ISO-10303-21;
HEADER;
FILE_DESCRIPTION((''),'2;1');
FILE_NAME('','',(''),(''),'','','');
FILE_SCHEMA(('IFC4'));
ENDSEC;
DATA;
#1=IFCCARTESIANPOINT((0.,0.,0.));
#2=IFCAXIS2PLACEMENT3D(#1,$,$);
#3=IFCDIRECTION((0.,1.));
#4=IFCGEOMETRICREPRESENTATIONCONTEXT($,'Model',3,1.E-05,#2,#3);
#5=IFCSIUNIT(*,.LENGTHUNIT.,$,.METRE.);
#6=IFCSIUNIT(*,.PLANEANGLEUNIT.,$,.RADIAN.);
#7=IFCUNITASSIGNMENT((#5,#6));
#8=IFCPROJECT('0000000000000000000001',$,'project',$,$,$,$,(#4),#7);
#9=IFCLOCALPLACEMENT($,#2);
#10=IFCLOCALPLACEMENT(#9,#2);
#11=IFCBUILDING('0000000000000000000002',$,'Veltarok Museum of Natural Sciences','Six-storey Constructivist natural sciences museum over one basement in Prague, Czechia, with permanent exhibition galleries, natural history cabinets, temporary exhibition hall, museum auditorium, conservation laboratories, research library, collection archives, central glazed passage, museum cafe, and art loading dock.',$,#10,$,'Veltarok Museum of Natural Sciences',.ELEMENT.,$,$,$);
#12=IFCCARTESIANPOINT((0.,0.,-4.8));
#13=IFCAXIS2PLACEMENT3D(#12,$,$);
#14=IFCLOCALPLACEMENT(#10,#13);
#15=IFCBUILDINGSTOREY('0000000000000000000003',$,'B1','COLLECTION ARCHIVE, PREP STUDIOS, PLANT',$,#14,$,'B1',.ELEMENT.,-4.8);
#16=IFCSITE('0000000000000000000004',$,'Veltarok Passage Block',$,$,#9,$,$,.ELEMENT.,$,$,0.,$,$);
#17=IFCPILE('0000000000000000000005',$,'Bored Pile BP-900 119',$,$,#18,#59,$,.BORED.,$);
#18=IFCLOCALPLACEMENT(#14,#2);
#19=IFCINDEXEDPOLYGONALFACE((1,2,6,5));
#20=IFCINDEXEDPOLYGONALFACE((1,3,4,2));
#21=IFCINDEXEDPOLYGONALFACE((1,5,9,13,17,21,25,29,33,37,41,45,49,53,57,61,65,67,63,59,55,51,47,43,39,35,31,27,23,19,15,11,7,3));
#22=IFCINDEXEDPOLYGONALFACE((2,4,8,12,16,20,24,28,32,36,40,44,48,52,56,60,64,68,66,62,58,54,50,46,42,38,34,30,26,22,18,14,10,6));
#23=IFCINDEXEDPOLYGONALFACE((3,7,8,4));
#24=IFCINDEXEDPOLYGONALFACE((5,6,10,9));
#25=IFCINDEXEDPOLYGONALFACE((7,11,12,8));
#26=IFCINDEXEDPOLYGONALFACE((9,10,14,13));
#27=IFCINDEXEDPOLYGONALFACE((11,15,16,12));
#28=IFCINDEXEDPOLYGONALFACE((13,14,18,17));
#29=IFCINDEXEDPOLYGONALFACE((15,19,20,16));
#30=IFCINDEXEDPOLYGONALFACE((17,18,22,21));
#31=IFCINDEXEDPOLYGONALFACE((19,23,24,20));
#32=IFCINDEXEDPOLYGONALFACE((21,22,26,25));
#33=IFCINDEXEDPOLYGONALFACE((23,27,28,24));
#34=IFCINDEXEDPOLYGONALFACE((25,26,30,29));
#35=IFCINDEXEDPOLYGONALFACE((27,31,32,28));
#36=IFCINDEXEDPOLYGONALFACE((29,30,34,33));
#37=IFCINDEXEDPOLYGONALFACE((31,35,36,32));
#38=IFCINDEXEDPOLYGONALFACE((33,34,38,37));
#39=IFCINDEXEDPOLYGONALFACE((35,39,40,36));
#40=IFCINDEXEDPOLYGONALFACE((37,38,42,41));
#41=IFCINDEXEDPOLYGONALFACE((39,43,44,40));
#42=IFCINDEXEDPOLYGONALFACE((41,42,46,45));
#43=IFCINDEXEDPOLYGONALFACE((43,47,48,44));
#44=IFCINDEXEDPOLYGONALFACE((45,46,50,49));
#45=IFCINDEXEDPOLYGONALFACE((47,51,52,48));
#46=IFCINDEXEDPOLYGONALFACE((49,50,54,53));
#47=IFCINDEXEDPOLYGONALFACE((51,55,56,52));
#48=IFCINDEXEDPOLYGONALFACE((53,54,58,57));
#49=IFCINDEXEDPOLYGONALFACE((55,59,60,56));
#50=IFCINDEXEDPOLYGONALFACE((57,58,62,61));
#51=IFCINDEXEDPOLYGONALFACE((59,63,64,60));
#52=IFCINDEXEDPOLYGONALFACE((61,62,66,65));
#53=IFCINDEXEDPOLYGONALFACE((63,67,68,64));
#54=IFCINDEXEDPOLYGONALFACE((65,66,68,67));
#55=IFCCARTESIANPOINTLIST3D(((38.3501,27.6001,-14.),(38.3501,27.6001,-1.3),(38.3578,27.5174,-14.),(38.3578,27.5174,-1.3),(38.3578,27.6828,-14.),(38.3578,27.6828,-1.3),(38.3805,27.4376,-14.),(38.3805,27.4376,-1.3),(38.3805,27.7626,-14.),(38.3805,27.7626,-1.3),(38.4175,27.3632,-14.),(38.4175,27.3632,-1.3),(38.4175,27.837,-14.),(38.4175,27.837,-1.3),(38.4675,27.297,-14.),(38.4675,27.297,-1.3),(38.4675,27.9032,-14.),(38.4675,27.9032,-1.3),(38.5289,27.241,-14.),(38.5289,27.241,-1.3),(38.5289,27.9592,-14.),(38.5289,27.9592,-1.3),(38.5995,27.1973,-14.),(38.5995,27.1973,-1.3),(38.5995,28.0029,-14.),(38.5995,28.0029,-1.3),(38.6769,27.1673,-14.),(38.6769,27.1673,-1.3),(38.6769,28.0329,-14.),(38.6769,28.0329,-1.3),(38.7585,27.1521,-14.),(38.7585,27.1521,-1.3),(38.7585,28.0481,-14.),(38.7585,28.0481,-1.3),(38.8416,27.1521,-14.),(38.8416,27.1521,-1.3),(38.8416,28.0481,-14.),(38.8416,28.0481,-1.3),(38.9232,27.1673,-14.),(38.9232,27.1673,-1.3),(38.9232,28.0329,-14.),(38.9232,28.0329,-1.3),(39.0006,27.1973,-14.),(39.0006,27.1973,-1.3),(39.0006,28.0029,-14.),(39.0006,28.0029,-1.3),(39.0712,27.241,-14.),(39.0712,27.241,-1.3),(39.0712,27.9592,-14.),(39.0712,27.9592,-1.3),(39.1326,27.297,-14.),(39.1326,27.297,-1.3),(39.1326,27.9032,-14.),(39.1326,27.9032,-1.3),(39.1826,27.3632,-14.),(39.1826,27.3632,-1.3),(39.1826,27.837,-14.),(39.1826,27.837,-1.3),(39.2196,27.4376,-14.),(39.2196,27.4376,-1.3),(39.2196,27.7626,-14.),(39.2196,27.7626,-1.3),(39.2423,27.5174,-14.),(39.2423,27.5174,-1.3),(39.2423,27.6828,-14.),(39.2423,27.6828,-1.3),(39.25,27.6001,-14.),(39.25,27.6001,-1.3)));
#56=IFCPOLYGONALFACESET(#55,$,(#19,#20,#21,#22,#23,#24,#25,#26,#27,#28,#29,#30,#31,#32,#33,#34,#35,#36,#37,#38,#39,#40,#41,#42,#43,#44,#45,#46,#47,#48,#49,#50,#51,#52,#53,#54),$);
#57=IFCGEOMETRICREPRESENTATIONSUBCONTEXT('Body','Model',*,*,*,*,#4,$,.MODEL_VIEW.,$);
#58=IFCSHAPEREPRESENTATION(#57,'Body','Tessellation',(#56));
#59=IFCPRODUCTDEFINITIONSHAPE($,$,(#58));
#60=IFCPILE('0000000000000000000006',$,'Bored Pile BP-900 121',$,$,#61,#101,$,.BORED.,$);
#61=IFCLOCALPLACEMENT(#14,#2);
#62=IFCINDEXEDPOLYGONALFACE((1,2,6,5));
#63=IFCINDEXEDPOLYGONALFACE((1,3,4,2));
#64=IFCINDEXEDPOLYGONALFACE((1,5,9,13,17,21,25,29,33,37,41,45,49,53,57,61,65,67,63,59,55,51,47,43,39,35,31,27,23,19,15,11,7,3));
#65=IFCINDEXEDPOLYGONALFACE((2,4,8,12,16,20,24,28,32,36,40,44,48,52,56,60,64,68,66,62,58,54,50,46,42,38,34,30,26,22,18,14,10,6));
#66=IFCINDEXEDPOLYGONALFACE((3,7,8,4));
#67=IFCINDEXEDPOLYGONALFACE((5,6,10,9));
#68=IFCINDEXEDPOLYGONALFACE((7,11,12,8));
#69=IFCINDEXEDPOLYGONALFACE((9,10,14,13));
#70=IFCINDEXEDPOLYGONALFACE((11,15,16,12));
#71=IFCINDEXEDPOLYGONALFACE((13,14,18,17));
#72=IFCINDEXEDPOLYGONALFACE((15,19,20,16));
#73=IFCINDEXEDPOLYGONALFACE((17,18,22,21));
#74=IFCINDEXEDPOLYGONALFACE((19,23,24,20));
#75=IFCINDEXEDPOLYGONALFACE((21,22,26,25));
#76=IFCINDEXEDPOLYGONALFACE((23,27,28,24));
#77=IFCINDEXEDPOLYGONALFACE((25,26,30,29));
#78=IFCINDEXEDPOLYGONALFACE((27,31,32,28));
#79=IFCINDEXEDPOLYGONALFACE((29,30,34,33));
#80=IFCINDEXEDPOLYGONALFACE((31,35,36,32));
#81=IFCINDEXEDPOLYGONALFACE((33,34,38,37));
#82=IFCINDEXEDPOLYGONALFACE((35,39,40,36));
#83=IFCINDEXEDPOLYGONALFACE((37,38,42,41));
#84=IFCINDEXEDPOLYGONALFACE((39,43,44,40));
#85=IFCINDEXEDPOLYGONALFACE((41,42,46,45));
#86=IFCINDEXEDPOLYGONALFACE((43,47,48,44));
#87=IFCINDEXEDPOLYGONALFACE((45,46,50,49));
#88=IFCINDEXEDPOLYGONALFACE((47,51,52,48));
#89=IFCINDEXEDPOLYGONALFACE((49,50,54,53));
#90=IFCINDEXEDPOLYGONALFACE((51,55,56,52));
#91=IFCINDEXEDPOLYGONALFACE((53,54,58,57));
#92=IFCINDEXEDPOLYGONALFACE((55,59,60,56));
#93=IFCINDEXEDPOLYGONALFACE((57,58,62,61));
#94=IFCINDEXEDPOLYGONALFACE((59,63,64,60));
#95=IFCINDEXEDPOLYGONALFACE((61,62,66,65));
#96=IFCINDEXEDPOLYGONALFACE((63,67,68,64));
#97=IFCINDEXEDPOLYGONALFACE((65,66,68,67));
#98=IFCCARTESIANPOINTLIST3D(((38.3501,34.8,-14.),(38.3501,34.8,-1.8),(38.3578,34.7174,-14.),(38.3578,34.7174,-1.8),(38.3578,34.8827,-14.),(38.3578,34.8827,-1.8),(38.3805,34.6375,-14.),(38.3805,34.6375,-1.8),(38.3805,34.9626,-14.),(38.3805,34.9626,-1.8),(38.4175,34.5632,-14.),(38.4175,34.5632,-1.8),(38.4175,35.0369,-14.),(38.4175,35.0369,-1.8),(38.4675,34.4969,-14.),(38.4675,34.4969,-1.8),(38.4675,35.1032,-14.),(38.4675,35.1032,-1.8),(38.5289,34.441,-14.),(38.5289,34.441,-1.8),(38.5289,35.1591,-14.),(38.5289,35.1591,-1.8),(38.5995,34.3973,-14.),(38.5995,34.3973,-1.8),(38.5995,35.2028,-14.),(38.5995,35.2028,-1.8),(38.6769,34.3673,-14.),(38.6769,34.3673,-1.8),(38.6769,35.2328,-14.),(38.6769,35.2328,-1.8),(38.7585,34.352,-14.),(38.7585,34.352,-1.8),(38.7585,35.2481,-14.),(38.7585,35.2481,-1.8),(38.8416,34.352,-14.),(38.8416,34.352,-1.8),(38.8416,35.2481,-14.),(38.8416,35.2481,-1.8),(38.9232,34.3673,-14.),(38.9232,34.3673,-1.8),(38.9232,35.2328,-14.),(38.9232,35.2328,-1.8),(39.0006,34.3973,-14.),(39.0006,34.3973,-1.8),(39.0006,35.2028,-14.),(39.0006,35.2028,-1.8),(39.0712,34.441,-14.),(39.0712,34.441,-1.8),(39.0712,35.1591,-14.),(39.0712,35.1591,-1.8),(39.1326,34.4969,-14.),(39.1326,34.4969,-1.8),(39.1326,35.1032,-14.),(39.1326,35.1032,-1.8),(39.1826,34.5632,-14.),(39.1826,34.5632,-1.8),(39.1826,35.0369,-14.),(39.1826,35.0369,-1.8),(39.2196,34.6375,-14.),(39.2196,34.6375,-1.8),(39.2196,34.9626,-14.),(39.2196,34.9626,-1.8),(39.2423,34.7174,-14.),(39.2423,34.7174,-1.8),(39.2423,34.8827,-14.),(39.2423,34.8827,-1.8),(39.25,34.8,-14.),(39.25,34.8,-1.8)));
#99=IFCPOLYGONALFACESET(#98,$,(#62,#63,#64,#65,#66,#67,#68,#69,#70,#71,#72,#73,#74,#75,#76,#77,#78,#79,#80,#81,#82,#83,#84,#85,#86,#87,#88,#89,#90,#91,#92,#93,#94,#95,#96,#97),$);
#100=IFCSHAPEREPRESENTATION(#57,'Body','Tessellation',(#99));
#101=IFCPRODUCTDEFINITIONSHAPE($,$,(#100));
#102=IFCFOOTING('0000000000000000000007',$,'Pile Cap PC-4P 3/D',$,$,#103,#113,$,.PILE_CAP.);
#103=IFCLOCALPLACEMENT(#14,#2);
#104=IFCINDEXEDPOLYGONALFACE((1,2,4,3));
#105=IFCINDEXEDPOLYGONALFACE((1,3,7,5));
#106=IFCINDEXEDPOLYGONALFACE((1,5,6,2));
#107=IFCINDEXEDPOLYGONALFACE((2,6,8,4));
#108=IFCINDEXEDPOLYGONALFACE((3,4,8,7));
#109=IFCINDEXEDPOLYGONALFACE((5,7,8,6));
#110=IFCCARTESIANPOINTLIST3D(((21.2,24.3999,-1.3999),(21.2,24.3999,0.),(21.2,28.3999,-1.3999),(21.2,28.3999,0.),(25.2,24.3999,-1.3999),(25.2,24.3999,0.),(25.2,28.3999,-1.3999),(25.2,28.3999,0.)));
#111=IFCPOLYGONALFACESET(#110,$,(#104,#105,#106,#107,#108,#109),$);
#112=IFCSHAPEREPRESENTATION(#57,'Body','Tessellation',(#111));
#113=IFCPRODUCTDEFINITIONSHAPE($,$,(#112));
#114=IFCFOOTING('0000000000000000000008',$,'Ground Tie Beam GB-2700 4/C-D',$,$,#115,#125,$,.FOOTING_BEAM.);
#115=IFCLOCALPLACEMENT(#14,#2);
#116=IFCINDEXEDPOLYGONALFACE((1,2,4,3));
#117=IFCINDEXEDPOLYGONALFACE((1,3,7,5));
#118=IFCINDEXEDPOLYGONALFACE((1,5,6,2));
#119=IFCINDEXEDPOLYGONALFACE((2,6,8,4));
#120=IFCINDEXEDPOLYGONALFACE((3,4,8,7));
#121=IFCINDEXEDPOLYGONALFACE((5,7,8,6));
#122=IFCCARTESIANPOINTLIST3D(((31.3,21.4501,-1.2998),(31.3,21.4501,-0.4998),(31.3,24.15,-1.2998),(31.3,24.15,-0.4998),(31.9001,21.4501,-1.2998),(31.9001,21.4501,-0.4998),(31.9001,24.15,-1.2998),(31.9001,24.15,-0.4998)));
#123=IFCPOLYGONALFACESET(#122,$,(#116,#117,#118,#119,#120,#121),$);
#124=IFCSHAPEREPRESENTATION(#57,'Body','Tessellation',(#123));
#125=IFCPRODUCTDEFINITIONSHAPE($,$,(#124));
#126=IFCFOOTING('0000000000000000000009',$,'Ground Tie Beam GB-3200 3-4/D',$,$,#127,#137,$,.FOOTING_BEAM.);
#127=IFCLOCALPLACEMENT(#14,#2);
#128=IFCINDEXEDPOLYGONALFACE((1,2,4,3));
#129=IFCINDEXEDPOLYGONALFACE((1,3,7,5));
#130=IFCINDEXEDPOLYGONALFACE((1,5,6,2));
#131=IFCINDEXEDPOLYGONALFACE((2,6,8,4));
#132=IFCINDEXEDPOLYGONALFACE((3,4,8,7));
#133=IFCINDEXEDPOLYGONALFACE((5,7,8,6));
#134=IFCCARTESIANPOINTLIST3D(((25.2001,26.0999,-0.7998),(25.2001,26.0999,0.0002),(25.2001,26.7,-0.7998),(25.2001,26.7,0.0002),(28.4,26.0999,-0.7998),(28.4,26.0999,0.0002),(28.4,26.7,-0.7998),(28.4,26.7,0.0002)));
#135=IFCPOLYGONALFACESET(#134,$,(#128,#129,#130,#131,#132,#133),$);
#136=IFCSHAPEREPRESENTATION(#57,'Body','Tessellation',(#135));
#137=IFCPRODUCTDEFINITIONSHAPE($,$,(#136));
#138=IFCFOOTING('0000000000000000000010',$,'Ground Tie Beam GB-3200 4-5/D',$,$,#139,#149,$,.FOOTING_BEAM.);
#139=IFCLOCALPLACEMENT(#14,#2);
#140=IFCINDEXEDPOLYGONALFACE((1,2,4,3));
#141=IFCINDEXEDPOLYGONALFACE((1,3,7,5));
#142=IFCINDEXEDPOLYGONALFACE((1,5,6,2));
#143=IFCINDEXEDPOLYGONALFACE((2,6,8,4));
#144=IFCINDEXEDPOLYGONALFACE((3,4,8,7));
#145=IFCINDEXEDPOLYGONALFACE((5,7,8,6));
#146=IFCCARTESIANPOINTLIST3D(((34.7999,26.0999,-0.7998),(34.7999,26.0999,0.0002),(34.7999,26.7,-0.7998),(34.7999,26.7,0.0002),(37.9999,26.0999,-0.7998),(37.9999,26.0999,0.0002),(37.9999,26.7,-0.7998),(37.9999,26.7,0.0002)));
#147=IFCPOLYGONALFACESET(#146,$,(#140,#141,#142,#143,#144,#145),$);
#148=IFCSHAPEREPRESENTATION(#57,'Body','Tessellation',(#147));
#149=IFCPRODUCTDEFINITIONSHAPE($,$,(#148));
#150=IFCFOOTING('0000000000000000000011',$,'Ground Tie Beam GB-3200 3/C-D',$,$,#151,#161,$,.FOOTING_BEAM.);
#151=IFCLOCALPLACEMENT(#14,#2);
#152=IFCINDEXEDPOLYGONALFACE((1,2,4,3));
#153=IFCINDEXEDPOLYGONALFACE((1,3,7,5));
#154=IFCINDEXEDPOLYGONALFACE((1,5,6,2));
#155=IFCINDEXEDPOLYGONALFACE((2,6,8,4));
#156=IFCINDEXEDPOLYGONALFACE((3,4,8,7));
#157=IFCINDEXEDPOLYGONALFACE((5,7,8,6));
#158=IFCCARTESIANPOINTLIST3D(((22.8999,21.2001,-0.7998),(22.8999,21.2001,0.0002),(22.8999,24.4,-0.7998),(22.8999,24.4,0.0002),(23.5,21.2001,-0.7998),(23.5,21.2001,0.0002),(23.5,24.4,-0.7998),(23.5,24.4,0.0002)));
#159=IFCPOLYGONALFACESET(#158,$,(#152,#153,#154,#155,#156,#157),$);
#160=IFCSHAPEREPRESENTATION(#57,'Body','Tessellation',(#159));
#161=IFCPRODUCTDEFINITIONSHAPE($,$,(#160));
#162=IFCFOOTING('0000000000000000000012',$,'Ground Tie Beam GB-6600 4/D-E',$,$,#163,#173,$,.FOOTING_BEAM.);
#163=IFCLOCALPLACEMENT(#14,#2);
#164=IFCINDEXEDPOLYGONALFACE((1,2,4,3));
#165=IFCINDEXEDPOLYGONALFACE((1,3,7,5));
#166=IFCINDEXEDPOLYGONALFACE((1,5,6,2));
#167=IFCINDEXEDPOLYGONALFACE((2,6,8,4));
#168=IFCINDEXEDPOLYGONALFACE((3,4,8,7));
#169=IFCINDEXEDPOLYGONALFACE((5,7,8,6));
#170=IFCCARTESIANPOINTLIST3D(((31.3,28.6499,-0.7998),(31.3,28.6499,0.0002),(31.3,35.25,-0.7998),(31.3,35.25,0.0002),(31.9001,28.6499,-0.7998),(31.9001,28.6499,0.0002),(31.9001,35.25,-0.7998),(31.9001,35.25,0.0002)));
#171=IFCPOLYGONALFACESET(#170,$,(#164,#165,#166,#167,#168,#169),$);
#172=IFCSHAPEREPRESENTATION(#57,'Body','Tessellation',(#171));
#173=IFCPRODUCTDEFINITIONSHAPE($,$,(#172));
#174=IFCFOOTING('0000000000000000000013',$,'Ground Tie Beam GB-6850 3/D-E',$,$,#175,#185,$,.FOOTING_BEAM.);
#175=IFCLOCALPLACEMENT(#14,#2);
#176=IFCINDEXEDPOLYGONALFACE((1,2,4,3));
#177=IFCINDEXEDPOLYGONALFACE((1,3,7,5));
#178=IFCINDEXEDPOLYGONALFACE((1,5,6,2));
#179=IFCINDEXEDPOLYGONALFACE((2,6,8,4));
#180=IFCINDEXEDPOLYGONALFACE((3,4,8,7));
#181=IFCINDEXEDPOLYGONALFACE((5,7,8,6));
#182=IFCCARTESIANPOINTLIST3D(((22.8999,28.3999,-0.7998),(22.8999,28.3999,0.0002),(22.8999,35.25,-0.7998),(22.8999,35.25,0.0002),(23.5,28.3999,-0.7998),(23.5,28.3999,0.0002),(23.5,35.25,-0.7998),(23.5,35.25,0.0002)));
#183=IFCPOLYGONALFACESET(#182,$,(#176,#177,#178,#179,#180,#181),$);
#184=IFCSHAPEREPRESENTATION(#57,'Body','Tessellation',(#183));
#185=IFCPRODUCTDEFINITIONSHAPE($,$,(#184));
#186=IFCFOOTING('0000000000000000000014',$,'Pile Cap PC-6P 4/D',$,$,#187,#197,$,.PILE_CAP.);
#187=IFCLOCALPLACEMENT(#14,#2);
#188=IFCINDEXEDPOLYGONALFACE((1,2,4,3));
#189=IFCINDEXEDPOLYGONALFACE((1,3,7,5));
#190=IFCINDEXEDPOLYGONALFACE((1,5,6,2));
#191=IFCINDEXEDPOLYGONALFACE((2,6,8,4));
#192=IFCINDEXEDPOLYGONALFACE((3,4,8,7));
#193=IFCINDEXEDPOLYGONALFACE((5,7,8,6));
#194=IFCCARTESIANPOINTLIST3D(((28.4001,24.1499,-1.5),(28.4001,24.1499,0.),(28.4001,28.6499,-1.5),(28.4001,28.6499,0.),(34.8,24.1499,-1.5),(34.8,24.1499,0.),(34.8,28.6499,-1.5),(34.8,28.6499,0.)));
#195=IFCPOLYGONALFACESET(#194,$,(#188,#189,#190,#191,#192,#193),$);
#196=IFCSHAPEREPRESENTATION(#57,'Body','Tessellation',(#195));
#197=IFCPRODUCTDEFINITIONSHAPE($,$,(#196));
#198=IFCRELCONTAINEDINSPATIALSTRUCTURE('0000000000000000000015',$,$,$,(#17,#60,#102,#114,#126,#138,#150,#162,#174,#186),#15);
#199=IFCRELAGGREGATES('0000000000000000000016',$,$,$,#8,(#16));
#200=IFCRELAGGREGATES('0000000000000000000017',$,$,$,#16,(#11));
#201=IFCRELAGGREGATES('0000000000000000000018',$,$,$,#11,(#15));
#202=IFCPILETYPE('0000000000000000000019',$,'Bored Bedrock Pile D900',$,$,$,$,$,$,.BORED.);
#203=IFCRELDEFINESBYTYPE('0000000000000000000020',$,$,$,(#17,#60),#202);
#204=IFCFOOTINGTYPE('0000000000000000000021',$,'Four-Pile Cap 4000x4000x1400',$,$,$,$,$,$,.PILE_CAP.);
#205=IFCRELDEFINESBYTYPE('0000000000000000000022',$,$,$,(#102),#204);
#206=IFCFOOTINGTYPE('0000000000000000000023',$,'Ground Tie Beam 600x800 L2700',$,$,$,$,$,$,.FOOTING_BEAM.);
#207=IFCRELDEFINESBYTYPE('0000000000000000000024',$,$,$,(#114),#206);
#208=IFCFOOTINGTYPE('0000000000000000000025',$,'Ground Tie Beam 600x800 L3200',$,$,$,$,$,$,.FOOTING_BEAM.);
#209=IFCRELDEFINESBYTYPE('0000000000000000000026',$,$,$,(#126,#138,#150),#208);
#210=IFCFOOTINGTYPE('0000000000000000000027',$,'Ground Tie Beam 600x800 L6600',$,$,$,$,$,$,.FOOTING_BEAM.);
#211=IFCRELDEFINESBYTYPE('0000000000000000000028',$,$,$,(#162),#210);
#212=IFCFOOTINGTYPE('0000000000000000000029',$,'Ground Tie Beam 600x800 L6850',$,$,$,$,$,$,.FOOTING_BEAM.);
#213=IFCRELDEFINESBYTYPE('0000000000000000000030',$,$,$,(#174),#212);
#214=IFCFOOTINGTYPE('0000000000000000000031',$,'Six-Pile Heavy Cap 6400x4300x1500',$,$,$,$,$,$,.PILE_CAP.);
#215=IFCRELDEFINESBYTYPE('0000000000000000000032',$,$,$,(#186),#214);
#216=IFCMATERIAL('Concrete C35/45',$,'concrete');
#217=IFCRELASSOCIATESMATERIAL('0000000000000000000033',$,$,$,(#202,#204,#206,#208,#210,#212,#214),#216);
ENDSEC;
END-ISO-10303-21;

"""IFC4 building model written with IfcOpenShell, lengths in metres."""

from ifc_helpers import new_model, si_unit, direction, frame, origin, origin_2d, place, context, subcontext, project, spatial, rectangle, circle, extrude, material, material_profile, profile_set, type_object, element, save


model = new_model("IFC4")

# Units and contexts
model_context = context("Model", 3, precision=1e-05, world=origin(), true_north=direction((0.0, 1.0)))
body_context = subcontext(model_context, "Body", "Model", "MODEL_VIEW")
ifc_project = project(units=[si_unit("LENGTHUNIT", "METRE"), si_unit("PLANEANGLEUNIT", "RADIAN")], contexts=[model_context])

# Site, building, storey
site_placement = place(None, origin())
site = spatial("IfcSite", under=ifc_project, at=site_placement, Name="Veltarok Passage Block", CompositionType="ELEMENT", RefElevation=0.0)
building_placement = place(site_placement, origin())
building = spatial("IfcBuilding", under=site, at=building_placement, Name="Veltarok Museum of Natural Sciences", Description="Six-storey Constructivist natural sciences museum over one basement in Prague, Czechia, with permanent exhibition galleries, natural history cabinets, temporary exhibition hall, museum auditorium, conservation laboratories, research library, collection archives, central glazed passage, museum cafe, and art loading dock.", LongName="Veltarok Museum of Natural Sciences", CompositionType="ELEMENT")
storey_placement = place(building_placement, frame((0.0, 0.0, -4.8)))
storey = spatial("IfcBuildingStorey", under=building, at=storey_placement, Name="B1", Description="COLLECTION ARCHIVE, PREP STUDIOS, PLANT", LongName="B1", CompositionType="ELEMENT", Elevation=-4.8)

# Piles
ifc_material_1 = material(Name="Concrete C35/45", Category="concrete")
ifc_material_profile_1 = material_profile(ifc_material_1, circle(Radius=0.45, at=origin_2d()), Name="BP D900")
ifc_profile_set_1 = profile_set([ifc_material_profile_1], Name="Concrete C35/45")
pile_type_1 = type_object("IfcPileType", Name="Bored Bedrock Pile D900", PredefinedType="BORED", material=ifc_profile_set_1)
for number, where, z_axis, x_axis, name in (
    (1, (38.8, 27.6001, -1.3), (0.0, 0.0, -1.0), (1.0, 0.0, 0.0), "Bored Pile BP-900 119"),
):
    element("IfcPile", number, at=place(storey_placement, frame(where, z_axis=z_axis, x_axis=x_axis)), inside=storey, type_object=pile_type_1, Name=name, PredefinedType="BORED", context=body_context, shape_type="SweptSolid", body=[
        extrude(circle(Radius=0.45, at=origin_2d()), origin(), (0.0, 0.0, 1.0), 12.7),
    ])
pile_1_placement = place(storey_placement, frame((38.8, 34.8, -1.8), z_axis=(0.0, 0.0, -1.0), x_axis=(1.0, 0.0, 0.0)))
element("IfcPile", 2, at=pile_1_placement, inside=storey, type_object=pile_type_1, Name="Bored Pile BP-900 121", PredefinedType="BORED", context=body_context, shape_type="SweptSolid", body=[
    extrude(circle(Radius=0.45, at=origin_2d()), origin(), (0.0, 0.0, 1.0), 12.2),
])

# Footings
footing_type_1 = type_object("IfcFootingType", Name="Four-Pile Cap 4000x4000x1400", PredefinedType="PILE_CAP", material=ifc_material_1)
footing_1_placement = place(storey_placement, frame((23.2, 26.3999, -1.3999), z_axis=(0.0, 0.0, 1.0), x_axis=(1.0, 0.0, 0.0)))
element("IfcFooting", 3, at=footing_1_placement, inside=storey, type_object=footing_type_1, Name="Pile Cap PC-4P 3/D", PredefinedType="PILE_CAP", context=body_context, shape_type="SweptSolid", body=[
    extrude(rectangle(XDim=4.0, YDim=4.0, at=origin_2d()), origin(), (0.0, 0.0, 1.0), 1.3999),
])
footing_type_2 = type_object("IfcFootingType", Name="Ground Tie Beam 600x800 L2700", PredefinedType="FOOTING_BEAM", material=ifc_material_1)
footing_2_placement = place(storey_placement, frame((31.6001, 22.8, -1.2998), z_axis=(0.0, 0.0, 1.0), x_axis=(0.0, 1.0, 0.0)))
element("IfcFooting", 4, at=footing_2_placement, inside=storey, type_object=footing_type_2, Name="Ground Tie Beam GB-2700 4/C-D", PredefinedType="FOOTING_BEAM", context=body_context, shape_type="SweptSolid", body=[
    extrude(rectangle(XDim=2.7, YDim=0.6001, at=origin_2d()), origin(), (0.0, 0.0, 1.0), 0.8),
])
footing_type_3 = type_object("IfcFootingType", Name="Ground Tie Beam 600x800 L3200", PredefinedType="FOOTING_BEAM", material=ifc_material_1)
for number, where, z_axis, x_axis, name in (
    (5, (26.8, 26.3999, -0.7998), (0.0, 0.0, 1.0), (1.0, 0.0, 0.0), "Ground Tie Beam GB-3200 3-4/D"),
    (6, (36.3999, 26.3999, -0.7998), (0.0, 0.0, 1.0), (1.0, 0.0, 0.0), "Ground Tie Beam GB-3200 4-5/D"),
    (7, (23.2, 22.8, -0.7998), (0.0, 0.0, 1.0), (0.0, 1.0, 0.0), "Ground Tie Beam GB-3200 3/C-D"),
):
    element("IfcFooting", number, at=place(storey_placement, frame(where, z_axis=z_axis, x_axis=x_axis)), inside=storey, type_object=footing_type_3, Name=name, PredefinedType="FOOTING_BEAM", context=body_context, shape_type="SweptSolid", body=[
        extrude(rectangle(XDim=3.2, YDim=0.6001, at=origin_2d()), origin(), (0.0, 0.0, 1.0), 0.8),
    ])
footing_type_4 = type_object("IfcFootingType", Name="Ground Tie Beam 600x800 L6600", PredefinedType="FOOTING_BEAM", material=ifc_material_1)
footing_3_placement = place(storey_placement, frame((31.6001, 31.95, -0.7998), z_axis=(0.0, 0.0, 1.0), x_axis=(0.0, 1.0, 0.0)))
element("IfcFooting", 8, at=footing_3_placement, inside=storey, type_object=footing_type_4, Name="Ground Tie Beam GB-6600 4/D-E", PredefinedType="FOOTING_BEAM", context=body_context, shape_type="SweptSolid", body=[
    extrude(rectangle(XDim=6.6001, YDim=0.6001, at=origin_2d()), origin(), (0.0, 0.0, 1.0), 0.8),
])
footing_type_5 = type_object("IfcFootingType", Name="Ground Tie Beam 600x800 L6850", PredefinedType="FOOTING_BEAM", material=ifc_material_1)
footing_4_placement = place(storey_placement, frame((23.2, 31.825, -0.7998), z_axis=(0.0, 0.0, 1.0), x_axis=(0.0, 1.0, 0.0)))
element("IfcFooting", 9, at=footing_4_placement, inside=storey, type_object=footing_type_5, Name="Ground Tie Beam GB-6850 3/D-E", PredefinedType="FOOTING_BEAM", context=body_context, shape_type="SweptSolid", body=[
    extrude(rectangle(XDim=6.8501, YDim=0.6001, at=origin_2d()), origin(), (0.0, 0.0, 1.0), 0.8),
])
footing_type_6 = type_object("IfcFootingType", Name="Six-Pile Heavy Cap 6400x4300x1500", PredefinedType="PILE_CAP", material=ifc_material_1)
footing_5_placement = place(storey_placement, frame((31.6001, 26.3999, -1.5), z_axis=(0.0, 0.0, 1.0), x_axis=(1.0, 0.0, 0.0)))
element("IfcFooting", 10, at=footing_5_placement, inside=storey, type_object=footing_type_6, Name="Pile Cap PC-6P 4/D", PredefinedType="PILE_CAP", context=body_context, shape_type="SweptSolid", body=[
    extrude(rectangle(XDim=6.3999, YDim=4.5, at=origin_2d()), origin(), (0.0, 0.0, 1.0), 1.5),
])

save(model, "model.ifc")
